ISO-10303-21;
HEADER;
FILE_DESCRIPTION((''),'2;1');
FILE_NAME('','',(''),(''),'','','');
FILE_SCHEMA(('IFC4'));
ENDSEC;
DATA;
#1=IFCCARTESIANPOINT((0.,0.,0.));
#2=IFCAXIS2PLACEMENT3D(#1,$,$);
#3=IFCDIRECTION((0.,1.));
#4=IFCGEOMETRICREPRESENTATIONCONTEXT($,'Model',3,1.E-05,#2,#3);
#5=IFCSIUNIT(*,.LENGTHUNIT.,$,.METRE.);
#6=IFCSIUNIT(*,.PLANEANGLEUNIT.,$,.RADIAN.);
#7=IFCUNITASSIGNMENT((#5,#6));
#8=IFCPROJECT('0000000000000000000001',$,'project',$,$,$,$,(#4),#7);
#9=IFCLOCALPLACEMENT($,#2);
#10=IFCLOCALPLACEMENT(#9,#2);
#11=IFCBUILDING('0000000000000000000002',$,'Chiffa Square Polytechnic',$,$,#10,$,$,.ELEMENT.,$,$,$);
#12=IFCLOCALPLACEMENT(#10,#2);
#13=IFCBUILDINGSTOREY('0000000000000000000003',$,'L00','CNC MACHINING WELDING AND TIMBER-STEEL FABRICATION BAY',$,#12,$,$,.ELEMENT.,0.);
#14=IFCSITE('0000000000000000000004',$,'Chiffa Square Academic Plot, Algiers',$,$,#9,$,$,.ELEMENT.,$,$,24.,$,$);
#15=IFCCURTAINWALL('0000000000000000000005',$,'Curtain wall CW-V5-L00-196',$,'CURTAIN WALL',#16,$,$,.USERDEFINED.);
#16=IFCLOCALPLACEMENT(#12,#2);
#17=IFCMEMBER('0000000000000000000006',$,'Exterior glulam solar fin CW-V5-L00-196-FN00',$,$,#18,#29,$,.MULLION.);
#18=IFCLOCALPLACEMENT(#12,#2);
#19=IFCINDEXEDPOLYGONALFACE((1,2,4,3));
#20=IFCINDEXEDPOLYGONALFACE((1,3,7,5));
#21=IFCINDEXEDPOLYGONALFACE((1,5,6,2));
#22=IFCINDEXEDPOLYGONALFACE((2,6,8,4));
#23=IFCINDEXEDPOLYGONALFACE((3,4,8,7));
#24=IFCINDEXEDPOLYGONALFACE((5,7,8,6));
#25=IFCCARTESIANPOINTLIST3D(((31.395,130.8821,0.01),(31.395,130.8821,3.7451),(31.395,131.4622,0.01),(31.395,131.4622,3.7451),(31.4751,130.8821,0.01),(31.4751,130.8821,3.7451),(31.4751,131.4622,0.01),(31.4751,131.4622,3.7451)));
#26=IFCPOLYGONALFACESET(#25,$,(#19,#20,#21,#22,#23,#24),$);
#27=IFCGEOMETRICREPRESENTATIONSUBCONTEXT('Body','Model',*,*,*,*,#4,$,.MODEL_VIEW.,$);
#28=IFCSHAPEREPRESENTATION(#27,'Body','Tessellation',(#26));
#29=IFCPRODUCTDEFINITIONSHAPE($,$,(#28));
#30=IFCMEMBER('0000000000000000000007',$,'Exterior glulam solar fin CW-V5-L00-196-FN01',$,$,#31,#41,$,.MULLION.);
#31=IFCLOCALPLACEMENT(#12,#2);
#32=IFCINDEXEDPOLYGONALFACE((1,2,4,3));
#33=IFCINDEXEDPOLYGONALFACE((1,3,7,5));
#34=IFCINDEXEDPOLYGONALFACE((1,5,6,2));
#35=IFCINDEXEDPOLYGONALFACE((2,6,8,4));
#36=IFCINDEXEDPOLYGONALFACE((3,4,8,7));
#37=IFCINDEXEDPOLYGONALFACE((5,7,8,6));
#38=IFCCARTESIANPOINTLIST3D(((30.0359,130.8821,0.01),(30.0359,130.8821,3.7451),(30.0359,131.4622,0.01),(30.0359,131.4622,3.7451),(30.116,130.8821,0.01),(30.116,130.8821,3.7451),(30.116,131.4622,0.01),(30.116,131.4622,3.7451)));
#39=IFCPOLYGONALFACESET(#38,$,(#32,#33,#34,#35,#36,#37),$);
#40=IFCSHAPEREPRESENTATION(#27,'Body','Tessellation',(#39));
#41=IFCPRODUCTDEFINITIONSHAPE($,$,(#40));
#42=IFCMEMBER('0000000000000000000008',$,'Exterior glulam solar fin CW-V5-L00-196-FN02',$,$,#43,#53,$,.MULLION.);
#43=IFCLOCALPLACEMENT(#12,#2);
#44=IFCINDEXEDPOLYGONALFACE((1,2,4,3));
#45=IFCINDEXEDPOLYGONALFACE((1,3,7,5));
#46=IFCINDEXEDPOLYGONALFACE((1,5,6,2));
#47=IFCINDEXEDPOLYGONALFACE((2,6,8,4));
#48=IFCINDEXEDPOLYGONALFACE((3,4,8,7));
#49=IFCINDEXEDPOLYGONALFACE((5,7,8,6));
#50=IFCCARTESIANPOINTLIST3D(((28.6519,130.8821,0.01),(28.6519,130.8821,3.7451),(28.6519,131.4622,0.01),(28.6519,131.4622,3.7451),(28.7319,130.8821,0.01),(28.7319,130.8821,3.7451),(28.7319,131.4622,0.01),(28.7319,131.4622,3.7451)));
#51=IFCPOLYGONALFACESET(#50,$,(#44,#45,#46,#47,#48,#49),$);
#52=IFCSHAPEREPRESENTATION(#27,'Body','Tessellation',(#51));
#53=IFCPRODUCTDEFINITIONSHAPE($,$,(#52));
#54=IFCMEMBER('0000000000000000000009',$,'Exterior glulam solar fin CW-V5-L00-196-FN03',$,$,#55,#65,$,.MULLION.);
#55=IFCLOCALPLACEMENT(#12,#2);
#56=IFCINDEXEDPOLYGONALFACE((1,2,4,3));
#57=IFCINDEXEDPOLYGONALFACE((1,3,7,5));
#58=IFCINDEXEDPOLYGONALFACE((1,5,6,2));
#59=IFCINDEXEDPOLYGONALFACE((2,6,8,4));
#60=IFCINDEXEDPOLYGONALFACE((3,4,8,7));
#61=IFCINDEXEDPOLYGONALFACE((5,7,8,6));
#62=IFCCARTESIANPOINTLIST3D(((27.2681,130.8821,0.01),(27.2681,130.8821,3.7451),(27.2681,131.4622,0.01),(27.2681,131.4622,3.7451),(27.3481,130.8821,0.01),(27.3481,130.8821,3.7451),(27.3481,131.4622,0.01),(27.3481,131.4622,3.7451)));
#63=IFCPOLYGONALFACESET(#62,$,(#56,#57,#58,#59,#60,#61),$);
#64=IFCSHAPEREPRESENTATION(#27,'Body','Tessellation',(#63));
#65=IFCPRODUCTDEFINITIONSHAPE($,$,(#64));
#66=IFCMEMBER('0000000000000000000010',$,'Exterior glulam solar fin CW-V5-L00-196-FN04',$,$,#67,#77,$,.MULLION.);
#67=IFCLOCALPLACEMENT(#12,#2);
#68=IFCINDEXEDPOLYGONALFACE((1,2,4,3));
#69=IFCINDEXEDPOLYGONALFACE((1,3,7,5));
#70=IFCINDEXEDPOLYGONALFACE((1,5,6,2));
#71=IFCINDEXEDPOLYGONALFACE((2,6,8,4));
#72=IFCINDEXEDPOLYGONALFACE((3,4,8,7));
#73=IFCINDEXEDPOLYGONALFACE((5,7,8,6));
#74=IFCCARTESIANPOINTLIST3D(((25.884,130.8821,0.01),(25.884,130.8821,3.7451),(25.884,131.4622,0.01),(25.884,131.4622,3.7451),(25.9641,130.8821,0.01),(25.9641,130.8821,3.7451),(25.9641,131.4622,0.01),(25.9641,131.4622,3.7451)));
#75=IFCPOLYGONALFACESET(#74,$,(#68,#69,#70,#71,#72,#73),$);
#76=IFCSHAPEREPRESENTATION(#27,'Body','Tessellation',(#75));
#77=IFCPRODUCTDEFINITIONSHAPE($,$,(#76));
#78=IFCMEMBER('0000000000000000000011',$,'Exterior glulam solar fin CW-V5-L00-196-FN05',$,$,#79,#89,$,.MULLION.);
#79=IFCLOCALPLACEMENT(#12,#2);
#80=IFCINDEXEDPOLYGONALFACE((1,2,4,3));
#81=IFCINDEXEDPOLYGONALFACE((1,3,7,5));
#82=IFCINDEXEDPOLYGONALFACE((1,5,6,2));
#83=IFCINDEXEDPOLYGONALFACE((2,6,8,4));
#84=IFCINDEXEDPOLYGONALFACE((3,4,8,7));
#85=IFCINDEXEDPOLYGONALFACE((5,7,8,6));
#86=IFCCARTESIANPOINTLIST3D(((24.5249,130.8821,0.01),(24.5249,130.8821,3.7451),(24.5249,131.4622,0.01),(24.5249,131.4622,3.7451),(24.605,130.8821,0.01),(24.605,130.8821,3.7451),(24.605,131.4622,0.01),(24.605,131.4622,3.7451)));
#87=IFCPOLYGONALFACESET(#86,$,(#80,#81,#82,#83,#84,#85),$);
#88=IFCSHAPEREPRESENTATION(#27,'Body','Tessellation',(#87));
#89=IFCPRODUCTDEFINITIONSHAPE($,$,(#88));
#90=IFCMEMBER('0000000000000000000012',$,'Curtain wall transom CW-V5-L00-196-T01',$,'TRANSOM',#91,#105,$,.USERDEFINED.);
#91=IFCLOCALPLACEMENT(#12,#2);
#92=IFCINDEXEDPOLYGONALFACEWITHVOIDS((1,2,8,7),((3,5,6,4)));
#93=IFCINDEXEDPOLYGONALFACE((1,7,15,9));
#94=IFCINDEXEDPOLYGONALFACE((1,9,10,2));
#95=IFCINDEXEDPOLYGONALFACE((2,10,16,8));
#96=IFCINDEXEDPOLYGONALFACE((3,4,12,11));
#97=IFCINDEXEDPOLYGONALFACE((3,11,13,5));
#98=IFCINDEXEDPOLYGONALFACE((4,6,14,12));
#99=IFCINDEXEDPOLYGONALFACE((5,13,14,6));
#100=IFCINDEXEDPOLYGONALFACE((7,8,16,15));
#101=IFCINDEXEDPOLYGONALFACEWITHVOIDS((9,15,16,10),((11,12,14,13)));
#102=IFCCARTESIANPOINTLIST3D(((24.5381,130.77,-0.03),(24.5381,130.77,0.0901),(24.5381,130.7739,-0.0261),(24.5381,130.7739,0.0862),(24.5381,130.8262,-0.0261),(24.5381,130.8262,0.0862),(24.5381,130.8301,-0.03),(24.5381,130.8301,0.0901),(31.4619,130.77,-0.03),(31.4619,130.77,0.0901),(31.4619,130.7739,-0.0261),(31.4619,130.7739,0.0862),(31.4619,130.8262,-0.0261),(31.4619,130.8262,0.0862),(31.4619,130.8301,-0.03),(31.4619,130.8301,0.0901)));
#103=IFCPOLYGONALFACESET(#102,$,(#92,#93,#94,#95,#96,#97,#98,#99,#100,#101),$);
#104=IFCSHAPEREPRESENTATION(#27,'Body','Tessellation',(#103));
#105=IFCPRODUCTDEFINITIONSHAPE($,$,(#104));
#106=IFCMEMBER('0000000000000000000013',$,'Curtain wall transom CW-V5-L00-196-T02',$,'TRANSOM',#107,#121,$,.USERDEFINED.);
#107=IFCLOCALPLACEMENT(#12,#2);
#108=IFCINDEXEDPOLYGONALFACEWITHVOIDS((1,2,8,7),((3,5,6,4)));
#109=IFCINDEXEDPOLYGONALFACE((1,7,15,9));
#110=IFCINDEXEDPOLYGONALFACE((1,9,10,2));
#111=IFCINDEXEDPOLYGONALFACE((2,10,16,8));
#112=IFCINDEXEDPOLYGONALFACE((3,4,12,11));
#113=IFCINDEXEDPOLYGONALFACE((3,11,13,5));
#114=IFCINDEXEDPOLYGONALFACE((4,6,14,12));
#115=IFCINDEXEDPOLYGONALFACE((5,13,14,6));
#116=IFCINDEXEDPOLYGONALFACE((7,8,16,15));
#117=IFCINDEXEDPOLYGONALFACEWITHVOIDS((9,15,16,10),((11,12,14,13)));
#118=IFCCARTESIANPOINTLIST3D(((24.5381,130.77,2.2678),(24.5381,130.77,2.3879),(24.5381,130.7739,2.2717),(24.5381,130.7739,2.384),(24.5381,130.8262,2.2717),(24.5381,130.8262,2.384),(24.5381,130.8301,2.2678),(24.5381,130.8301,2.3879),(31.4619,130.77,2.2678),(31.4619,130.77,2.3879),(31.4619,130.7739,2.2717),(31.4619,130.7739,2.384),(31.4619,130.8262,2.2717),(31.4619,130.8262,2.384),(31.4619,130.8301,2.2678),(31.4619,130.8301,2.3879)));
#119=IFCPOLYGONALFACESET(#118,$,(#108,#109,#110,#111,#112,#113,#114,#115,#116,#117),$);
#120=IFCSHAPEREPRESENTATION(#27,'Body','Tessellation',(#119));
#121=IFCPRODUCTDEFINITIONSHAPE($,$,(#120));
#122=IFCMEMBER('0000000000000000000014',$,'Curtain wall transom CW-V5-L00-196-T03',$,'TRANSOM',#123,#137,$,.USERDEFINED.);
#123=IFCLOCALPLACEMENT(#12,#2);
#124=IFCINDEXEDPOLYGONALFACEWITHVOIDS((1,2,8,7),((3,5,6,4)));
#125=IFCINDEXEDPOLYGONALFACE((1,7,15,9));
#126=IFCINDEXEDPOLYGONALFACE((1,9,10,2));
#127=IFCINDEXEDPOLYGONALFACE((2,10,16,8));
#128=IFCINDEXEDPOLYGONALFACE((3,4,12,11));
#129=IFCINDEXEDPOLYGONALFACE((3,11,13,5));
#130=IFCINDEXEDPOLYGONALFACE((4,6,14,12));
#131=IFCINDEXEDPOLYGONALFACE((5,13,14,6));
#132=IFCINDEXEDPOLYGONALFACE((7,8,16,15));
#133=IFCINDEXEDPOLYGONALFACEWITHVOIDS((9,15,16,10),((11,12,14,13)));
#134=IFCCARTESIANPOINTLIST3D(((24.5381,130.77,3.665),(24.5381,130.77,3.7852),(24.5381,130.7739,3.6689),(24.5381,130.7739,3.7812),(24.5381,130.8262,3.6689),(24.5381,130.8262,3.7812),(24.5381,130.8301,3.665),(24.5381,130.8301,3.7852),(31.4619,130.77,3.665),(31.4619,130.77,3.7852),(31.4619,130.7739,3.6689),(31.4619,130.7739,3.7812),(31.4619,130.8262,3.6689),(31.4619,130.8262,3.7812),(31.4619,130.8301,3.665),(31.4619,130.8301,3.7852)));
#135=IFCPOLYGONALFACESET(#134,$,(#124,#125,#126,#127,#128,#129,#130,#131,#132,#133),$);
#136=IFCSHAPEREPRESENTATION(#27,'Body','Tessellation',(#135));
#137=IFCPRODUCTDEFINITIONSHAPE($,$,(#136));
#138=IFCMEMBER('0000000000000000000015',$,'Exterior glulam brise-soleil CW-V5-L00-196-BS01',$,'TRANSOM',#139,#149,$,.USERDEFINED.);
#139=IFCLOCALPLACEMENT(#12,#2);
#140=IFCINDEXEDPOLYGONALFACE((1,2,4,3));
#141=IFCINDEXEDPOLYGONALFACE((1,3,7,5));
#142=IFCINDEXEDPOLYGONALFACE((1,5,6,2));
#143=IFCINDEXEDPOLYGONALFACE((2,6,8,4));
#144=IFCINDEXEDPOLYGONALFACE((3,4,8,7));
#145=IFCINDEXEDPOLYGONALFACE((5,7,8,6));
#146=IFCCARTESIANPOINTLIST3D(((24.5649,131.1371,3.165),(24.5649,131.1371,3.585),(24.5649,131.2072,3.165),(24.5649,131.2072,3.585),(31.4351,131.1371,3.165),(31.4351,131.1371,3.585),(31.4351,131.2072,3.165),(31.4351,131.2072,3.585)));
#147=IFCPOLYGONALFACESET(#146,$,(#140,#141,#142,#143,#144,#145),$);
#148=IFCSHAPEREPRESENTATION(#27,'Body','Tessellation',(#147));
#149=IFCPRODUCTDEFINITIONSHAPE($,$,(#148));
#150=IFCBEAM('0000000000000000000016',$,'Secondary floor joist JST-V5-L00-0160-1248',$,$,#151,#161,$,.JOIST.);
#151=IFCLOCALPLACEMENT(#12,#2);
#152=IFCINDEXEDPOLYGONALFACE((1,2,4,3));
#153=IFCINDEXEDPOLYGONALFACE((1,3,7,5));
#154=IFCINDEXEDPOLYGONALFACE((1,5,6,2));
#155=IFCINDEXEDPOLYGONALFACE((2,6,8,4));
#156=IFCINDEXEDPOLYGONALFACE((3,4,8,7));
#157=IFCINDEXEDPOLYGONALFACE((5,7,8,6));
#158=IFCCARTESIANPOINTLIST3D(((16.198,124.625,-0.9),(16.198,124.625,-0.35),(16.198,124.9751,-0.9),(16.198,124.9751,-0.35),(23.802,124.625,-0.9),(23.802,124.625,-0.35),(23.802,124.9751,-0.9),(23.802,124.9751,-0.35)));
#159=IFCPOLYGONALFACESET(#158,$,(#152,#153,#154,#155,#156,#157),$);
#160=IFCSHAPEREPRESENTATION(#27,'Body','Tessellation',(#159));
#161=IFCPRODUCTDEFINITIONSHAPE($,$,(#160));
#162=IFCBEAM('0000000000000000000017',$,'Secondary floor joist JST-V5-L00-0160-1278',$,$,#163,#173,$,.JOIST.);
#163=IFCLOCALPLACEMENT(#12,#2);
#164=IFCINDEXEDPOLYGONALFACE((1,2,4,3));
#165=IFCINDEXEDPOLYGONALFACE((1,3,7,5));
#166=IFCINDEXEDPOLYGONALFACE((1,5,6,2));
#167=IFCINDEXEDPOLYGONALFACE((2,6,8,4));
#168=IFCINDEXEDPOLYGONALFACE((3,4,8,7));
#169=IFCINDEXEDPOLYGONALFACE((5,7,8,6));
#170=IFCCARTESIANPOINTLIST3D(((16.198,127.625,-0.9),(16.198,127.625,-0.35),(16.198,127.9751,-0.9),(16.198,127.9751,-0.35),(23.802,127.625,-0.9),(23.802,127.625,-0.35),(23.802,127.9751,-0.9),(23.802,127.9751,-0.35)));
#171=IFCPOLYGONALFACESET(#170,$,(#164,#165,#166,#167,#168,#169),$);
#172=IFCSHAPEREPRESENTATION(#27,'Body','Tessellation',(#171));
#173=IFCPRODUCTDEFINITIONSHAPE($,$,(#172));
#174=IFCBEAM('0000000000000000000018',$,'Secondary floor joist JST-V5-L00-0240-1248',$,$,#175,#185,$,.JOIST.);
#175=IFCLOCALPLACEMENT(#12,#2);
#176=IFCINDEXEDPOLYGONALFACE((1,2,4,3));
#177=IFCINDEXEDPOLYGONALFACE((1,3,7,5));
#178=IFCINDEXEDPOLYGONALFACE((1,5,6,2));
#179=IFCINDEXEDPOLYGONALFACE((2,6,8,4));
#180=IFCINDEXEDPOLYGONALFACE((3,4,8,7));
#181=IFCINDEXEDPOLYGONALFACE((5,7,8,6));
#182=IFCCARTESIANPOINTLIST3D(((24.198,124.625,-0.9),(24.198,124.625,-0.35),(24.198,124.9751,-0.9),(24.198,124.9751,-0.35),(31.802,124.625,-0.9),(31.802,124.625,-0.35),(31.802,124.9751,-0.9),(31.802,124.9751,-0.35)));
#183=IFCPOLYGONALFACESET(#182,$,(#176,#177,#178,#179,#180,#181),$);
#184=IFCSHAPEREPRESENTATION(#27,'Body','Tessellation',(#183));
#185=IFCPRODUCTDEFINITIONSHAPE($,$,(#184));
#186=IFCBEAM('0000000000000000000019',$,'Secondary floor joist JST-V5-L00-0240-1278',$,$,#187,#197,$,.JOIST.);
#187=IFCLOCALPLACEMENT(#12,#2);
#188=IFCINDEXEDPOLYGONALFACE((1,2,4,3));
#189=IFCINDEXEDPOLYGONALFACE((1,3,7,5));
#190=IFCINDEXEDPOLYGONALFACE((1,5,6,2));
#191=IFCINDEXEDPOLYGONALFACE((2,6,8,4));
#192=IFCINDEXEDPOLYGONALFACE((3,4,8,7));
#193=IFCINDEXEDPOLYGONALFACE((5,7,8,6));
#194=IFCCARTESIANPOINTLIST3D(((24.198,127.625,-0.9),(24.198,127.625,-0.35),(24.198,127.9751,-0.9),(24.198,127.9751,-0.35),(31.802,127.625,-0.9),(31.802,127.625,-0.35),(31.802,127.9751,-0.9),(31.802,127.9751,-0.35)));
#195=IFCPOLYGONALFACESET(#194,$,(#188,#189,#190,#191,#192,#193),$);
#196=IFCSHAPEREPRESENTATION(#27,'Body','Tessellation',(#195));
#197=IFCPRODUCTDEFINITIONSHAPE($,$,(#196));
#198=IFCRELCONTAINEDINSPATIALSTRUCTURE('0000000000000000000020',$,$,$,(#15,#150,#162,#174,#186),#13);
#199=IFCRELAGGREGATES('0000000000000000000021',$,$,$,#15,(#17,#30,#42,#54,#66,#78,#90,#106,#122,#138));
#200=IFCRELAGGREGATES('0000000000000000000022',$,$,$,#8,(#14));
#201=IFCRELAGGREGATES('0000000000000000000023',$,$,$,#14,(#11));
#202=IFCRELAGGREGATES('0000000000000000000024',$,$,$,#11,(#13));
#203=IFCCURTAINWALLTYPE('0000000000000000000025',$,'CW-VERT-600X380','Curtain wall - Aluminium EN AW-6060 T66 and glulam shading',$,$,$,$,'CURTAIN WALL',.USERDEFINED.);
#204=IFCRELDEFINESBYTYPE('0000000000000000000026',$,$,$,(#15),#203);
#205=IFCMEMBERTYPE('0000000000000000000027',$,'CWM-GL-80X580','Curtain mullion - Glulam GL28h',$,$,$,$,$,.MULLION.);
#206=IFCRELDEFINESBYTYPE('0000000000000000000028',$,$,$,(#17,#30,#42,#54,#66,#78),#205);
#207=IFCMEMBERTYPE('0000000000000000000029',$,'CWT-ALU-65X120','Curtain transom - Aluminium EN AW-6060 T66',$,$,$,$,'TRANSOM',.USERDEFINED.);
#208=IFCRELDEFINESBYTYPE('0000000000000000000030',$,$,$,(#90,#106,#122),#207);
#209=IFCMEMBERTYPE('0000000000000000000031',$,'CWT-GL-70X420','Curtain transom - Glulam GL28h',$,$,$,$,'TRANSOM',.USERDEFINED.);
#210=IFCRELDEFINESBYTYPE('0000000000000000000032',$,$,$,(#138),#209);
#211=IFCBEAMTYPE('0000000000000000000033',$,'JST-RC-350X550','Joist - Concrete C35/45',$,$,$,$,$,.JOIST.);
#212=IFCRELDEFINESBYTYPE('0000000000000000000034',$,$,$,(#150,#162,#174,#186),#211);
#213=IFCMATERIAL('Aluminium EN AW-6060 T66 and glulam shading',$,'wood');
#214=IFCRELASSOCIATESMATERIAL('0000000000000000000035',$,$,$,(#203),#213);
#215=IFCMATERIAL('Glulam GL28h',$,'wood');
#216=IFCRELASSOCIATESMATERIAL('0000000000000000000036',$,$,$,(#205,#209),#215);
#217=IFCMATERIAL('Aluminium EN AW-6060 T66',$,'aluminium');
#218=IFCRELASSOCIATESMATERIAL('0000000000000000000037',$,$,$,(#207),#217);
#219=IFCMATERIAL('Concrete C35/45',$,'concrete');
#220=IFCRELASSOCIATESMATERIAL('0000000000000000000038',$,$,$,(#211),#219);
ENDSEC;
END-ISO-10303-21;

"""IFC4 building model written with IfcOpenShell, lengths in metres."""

from ifc_helpers import new_model, si_unit, direction, frame, origin, origin_2d, place, context, subcontext, project, spatial, rectangle, hollow_rectangle, extrude, material, material_profile, profile_set, type_object, element, aggregate, save


model = new_model("IFC4")

# Units and contexts
model_context = context("Model", 3, precision=1e-05, world=origin(), true_north=direction((0.0, 1.0)))
body_context = subcontext(model_context, "Body", "Model", "MODEL_VIEW")
ifc_project = project(units=[si_unit("LENGTHUNIT", "METRE"), si_unit("PLANEANGLEUNIT", "RADIAN")], contexts=[model_context])

# Site, building, storey
site_placement = place(None, origin())
site = spatial("IfcSite", under=ifc_project, at=site_placement, Name="Chiffa Square Academic Plot, Algiers", CompositionType="ELEMENT", RefElevation=24.0)
building_placement = place(site_placement, origin())
building = spatial("IfcBuilding", under=site, at=building_placement, Name="Chiffa Square Polytechnic", CompositionType="ELEMENT")
storey_placement = place(building_placement, origin())
storey = spatial("IfcBuildingStorey", under=building, at=storey_placement, Name="L00", Description="CNC MACHINING WELDING AND TIMBER-STEEL FABRICATION BAY", CompositionType="ELEMENT", Elevation=0.0)

# Shared definitions
ifc_material_1 = material(Name="Concrete C35/45", Category="concrete")

# Curtain wall, members
ifc_material_2 = material(Name="Aluminium EN AW-6060 T66 and glulam shading", Category="wood")
curtain_wall_type = type_object("IfcCurtainWallType", Name="CW-VERT-600X380", Description="Curtain wall - Aluminium EN AW-6060 T66 and glulam shading", ElementType="CURTAIN WALL", PredefinedType="USERDEFINED", material=ifc_material_2)
curtain_wall_placement = place(storey_placement, origin())
curtain_wall = element("IfcCurtainWall", 1, at=curtain_wall_placement, inside=storey, type_object=curtain_wall_type, Name="Curtain wall CW-V5-L00-196", ObjectType="CURTAIN WALL", PredefinedType="USERDEFINED")
ifc_material_3 = material(Name="Aluminium EN AW-6060 T66", Category="aluminium")
ifc_material_4 = material(Name="Glulam GL28h", Category="wood")
ifc_material_profile_1 = material_profile(ifc_material_4, rectangle(XDim=0.0801, YDim=0.5801, at=origin_2d()), Name="GL28h 80x580")
ifc_profile_set_1 = profile_set([ifc_material_profile_1], Name="Glulam GL28h")
member_type_1 = type_object("IfcMemberType", Name="CWM-GL-80X580", Description="Curtain mullion - Glulam GL28h", PredefinedType="MULLION", material=ifc_profile_set_1)
member_1_placement = place(storey_placement, frame((31.4351, 131.1721, 0.01), z_axis=(0.0, 0.0, 1.0), x_axis=(-1.0, 0.0, 0.0)))
member_1 = element("IfcMember", 2, at=member_1_placement, type_object=member_type_1, Name="Exterior glulam solar fin CW-V5-L00-196-FN00", PredefinedType="MULLION", context=body_context, shape_type="SweptSolid", body=[
    extrude(rectangle(XDim=0.0801, YDim=0.5801, at=origin_2d()), origin(), (0.0, 0.0, 1.0), 3.7351),
])
member_2_placement = place(storey_placement, frame((30.0759, 131.1721, 0.01), z_axis=(0.0, 0.0, 1.0), x_axis=(-1.0, 0.0, 0.0)))
member_2 = element("IfcMember", 3, at=member_2_placement, type_object=member_type_1, Name="Exterior glulam solar fin CW-V5-L00-196-FN01", PredefinedType="MULLION", context=body_context, shape_type="SweptSolid", body=[
    extrude(rectangle(XDim=0.0801, YDim=0.5801, at=origin_2d()), origin(), (0.0, 0.0, 1.0), 3.7351),
])
member_3_placement = place(storey_placement, frame((28.6919, 131.1721, 0.01), z_axis=(0.0, 0.0, 1.0), x_axis=(-1.0, 0.0, 0.0)))
member_3 = element("IfcMember", 4, at=member_3_placement, type_object=member_type_1, Name="Exterior glulam solar fin CW-V5-L00-196-FN02", PredefinedType="MULLION", context=body_context, shape_type="SweptSolid", body=[
    extrude(rectangle(XDim=0.0801, YDim=0.5801, at=origin_2d()), origin(), (0.0, 0.0, 1.0), 3.7351),
])
member_4_placement = place(storey_placement, frame((27.3081, 131.1721, 0.01), z_axis=(0.0, 0.0, 1.0), x_axis=(-1.0, 0.0, 0.0)))
member_4 = element("IfcMember", 5, at=member_4_placement, type_object=member_type_1, Name="Exterior glulam solar fin CW-V5-L00-196-FN03", PredefinedType="MULLION", context=body_context, shape_type="SweptSolid", body=[
    extrude(rectangle(XDim=0.0801, YDim=0.5801, at=origin_2d()), origin(), (0.0, 0.0, 1.0), 3.7351),
])
member_5_placement = place(storey_placement, frame((25.9241, 131.1721, 0.01), z_axis=(0.0, 0.0, 1.0), x_axis=(-1.0, 0.0, 0.0)))
member_5 = element("IfcMember", 6, at=member_5_placement, type_object=member_type_1, Name="Exterior glulam solar fin CW-V5-L00-196-FN04", PredefinedType="MULLION", context=body_context, shape_type="SweptSolid", body=[
    extrude(rectangle(XDim=0.0801, YDim=0.5801, at=origin_2d()), origin(), (0.0, 0.0, 1.0), 3.7351),
])
member_6_placement = place(storey_placement, frame((24.5649, 131.1721, 0.01), z_axis=(0.0, 0.0, 1.0), x_axis=(-1.0, 0.0, 0.0)))
member_6 = element("IfcMember", 7, at=member_6_placement, type_object=member_type_1, Name="Exterior glulam solar fin CW-V5-L00-196-FN05", PredefinedType="MULLION", context=body_context, shape_type="SweptSolid", body=[
    extrude(rectangle(XDim=0.0801, YDim=0.5801, at=origin_2d()), origin(), (0.0, 0.0, 1.0), 3.7351),
])
ifc_material_profile_2 = material_profile(ifc_material_3, hollow_rectangle(XDim=0.0601, YDim=0.1201, WallThickness=0.0039, at=origin_2d()), Name="ALU 60x120x4")
ifc_profile_set_2 = profile_set([ifc_material_profile_2], Name="Aluminium EN AW-6060 T66")
member_type_2 = type_object("IfcMemberType", Name="CWT-ALU-65X120", Description="Curtain transom - Aluminium EN AW-6060 T66", ElementType="TRANSOM", PredefinedType="USERDEFINED", material=ifc_profile_set_2)
member_7_placement = place(storey_placement, frame((31.4619, 130.8, 0.03), z_axis=(-1.0, 0.0, 0.0), x_axis=(0.0, -1.0, 0.0)))
member_7 = element("IfcMember", 8, at=member_7_placement, type_object=member_type_2, Name="Curtain wall transom CW-V5-L00-196-T01", ObjectType="TRANSOM", PredefinedType="USERDEFINED", context=body_context, shape_type="SweptSolid", body=[
    extrude(hollow_rectangle(XDim=0.0601, YDim=0.1201, WallThickness=0.0039, at=origin_2d()), origin(), (0.0, 0.0, 1.0), 6.9238),
])
member_8_placement = place(storey_placement, frame((31.4619, 130.8, 2.3279), z_axis=(-1.0, 0.0, 0.0), x_axis=(0.0, -1.0, 0.0)))
member_8 = element("IfcMember", 9, at=member_8_placement, type_object=member_type_2, Name="Curtain wall transom CW-V5-L00-196-T02", ObjectType="TRANSOM", PredefinedType="USERDEFINED", context=body_context, shape_type="SweptSolid", body=[
    extrude(hollow_rectangle(XDim=0.0601, YDim=0.1201, WallThickness=0.0039, at=origin_2d()), origin(), (0.0, 0.0, 1.0), 6.9238),
])
member_9_placement = place(storey_placement, frame((31.4619, 130.8, 3.7251), z_axis=(-1.0, 0.0, 0.0), x_axis=(0.0, -1.0, 0.0)))
member_9 = element("IfcMember", 10, at=member_9_placement, type_object=member_type_2, Name="Curtain wall transom CW-V5-L00-196-T03", ObjectType="TRANSOM", PredefinedType="USERDEFINED", context=body_context, shape_type="SweptSolid", body=[
    extrude(hollow_rectangle(XDim=0.0601, YDim=0.1201, WallThickness=0.0039, at=origin_2d()), origin(), (0.0, 0.0, 1.0), 6.9238),
])
ifc_material_profile_3 = material_profile(ifc_material_4, rectangle(XDim=0.0701, YDim=0.4199, at=origin_2d()), Name="GL28h 70x420")
ifc_profile_set_3 = profile_set([ifc_material_profile_3], Name="Glulam GL28h")
member_type_3 = type_object("IfcMemberType", Name="CWT-GL-70X420", Description="Curtain transom - Glulam GL28h", ElementType="TRANSOM", PredefinedType="USERDEFINED", material=ifc_profile_set_3)
member_10_placement = place(storey_placement, frame((31.4351, 131.1721, 3.375), z_axis=(-1.0, 0.0, 0.0), x_axis=(0.0, -1.0, 0.0)))
member_10 = element("IfcMember", 11, at=member_10_placement, type_object=member_type_3, Name="Exterior glulam brise-soleil CW-V5-L00-196-BS01", ObjectType="TRANSOM", PredefinedType="USERDEFINED", context=body_context, shape_type="SweptSolid", body=[
    extrude(rectangle(XDim=0.0701, YDim=0.4199, at=origin_2d()), origin(), (0.0, 0.0, 1.0), 6.8701),
])

# Beams
ifc_material_profile_4 = material_profile(ifc_material_1, rectangle(XDim=0.3501, YDim=0.55, at=origin_2d()), Name="RC 350x550")
ifc_profile_set_4 = profile_set([ifc_material_profile_4], Name="Concrete C35/45")
beam_type_1 = type_object("IfcBeamType", Name="JST-RC-350X550", Description="Joist - Concrete C35/45", PredefinedType="JOIST", material=ifc_profile_set_4)
for number, where, z_axis, x_axis, name in (
    (12, (16.198, 124.8, -0.625), (1.0, 0.0, 0.0), (0.0, 1.0, 0.0), "Secondary floor joist JST-V5-L00-0160-1248"),
    (13, (16.198, 127.8, -0.625), (1.0, 0.0, 0.0), (0.0, 1.0, 0.0), "Secondary floor joist JST-V5-L00-0160-1278"),
    (14, (24.198, 124.8, -0.625), (1.0, 0.0, 0.0), (0.0, 1.0, 0.0), "Secondary floor joist JST-V5-L00-0240-1248"),
    (15, (24.198, 127.8, -0.625), (1.0, 0.0, 0.0), (0.0, 1.0, 0.0), "Secondary floor joist JST-V5-L00-0240-1278"),
):
    element("IfcBeam", number, at=place(storey_placement, frame(where, z_axis=z_axis, x_axis=x_axis)), inside=storey, type_object=beam_type_1, Name=name, PredefinedType="JOIST", context=body_context, shape_type="SweptSolid", body=[
        extrude(rectangle(XDim=0.3501, YDim=0.55, at=origin_2d()), origin(), (0.0, 0.0, 1.0), 7.604),
    ])

aggregate(curtain_wall, [member_1, member_2, member_3, member_4, member_5, member_6, member_7, member_8, member_9, member_10])

save(model, "model.ifc")
